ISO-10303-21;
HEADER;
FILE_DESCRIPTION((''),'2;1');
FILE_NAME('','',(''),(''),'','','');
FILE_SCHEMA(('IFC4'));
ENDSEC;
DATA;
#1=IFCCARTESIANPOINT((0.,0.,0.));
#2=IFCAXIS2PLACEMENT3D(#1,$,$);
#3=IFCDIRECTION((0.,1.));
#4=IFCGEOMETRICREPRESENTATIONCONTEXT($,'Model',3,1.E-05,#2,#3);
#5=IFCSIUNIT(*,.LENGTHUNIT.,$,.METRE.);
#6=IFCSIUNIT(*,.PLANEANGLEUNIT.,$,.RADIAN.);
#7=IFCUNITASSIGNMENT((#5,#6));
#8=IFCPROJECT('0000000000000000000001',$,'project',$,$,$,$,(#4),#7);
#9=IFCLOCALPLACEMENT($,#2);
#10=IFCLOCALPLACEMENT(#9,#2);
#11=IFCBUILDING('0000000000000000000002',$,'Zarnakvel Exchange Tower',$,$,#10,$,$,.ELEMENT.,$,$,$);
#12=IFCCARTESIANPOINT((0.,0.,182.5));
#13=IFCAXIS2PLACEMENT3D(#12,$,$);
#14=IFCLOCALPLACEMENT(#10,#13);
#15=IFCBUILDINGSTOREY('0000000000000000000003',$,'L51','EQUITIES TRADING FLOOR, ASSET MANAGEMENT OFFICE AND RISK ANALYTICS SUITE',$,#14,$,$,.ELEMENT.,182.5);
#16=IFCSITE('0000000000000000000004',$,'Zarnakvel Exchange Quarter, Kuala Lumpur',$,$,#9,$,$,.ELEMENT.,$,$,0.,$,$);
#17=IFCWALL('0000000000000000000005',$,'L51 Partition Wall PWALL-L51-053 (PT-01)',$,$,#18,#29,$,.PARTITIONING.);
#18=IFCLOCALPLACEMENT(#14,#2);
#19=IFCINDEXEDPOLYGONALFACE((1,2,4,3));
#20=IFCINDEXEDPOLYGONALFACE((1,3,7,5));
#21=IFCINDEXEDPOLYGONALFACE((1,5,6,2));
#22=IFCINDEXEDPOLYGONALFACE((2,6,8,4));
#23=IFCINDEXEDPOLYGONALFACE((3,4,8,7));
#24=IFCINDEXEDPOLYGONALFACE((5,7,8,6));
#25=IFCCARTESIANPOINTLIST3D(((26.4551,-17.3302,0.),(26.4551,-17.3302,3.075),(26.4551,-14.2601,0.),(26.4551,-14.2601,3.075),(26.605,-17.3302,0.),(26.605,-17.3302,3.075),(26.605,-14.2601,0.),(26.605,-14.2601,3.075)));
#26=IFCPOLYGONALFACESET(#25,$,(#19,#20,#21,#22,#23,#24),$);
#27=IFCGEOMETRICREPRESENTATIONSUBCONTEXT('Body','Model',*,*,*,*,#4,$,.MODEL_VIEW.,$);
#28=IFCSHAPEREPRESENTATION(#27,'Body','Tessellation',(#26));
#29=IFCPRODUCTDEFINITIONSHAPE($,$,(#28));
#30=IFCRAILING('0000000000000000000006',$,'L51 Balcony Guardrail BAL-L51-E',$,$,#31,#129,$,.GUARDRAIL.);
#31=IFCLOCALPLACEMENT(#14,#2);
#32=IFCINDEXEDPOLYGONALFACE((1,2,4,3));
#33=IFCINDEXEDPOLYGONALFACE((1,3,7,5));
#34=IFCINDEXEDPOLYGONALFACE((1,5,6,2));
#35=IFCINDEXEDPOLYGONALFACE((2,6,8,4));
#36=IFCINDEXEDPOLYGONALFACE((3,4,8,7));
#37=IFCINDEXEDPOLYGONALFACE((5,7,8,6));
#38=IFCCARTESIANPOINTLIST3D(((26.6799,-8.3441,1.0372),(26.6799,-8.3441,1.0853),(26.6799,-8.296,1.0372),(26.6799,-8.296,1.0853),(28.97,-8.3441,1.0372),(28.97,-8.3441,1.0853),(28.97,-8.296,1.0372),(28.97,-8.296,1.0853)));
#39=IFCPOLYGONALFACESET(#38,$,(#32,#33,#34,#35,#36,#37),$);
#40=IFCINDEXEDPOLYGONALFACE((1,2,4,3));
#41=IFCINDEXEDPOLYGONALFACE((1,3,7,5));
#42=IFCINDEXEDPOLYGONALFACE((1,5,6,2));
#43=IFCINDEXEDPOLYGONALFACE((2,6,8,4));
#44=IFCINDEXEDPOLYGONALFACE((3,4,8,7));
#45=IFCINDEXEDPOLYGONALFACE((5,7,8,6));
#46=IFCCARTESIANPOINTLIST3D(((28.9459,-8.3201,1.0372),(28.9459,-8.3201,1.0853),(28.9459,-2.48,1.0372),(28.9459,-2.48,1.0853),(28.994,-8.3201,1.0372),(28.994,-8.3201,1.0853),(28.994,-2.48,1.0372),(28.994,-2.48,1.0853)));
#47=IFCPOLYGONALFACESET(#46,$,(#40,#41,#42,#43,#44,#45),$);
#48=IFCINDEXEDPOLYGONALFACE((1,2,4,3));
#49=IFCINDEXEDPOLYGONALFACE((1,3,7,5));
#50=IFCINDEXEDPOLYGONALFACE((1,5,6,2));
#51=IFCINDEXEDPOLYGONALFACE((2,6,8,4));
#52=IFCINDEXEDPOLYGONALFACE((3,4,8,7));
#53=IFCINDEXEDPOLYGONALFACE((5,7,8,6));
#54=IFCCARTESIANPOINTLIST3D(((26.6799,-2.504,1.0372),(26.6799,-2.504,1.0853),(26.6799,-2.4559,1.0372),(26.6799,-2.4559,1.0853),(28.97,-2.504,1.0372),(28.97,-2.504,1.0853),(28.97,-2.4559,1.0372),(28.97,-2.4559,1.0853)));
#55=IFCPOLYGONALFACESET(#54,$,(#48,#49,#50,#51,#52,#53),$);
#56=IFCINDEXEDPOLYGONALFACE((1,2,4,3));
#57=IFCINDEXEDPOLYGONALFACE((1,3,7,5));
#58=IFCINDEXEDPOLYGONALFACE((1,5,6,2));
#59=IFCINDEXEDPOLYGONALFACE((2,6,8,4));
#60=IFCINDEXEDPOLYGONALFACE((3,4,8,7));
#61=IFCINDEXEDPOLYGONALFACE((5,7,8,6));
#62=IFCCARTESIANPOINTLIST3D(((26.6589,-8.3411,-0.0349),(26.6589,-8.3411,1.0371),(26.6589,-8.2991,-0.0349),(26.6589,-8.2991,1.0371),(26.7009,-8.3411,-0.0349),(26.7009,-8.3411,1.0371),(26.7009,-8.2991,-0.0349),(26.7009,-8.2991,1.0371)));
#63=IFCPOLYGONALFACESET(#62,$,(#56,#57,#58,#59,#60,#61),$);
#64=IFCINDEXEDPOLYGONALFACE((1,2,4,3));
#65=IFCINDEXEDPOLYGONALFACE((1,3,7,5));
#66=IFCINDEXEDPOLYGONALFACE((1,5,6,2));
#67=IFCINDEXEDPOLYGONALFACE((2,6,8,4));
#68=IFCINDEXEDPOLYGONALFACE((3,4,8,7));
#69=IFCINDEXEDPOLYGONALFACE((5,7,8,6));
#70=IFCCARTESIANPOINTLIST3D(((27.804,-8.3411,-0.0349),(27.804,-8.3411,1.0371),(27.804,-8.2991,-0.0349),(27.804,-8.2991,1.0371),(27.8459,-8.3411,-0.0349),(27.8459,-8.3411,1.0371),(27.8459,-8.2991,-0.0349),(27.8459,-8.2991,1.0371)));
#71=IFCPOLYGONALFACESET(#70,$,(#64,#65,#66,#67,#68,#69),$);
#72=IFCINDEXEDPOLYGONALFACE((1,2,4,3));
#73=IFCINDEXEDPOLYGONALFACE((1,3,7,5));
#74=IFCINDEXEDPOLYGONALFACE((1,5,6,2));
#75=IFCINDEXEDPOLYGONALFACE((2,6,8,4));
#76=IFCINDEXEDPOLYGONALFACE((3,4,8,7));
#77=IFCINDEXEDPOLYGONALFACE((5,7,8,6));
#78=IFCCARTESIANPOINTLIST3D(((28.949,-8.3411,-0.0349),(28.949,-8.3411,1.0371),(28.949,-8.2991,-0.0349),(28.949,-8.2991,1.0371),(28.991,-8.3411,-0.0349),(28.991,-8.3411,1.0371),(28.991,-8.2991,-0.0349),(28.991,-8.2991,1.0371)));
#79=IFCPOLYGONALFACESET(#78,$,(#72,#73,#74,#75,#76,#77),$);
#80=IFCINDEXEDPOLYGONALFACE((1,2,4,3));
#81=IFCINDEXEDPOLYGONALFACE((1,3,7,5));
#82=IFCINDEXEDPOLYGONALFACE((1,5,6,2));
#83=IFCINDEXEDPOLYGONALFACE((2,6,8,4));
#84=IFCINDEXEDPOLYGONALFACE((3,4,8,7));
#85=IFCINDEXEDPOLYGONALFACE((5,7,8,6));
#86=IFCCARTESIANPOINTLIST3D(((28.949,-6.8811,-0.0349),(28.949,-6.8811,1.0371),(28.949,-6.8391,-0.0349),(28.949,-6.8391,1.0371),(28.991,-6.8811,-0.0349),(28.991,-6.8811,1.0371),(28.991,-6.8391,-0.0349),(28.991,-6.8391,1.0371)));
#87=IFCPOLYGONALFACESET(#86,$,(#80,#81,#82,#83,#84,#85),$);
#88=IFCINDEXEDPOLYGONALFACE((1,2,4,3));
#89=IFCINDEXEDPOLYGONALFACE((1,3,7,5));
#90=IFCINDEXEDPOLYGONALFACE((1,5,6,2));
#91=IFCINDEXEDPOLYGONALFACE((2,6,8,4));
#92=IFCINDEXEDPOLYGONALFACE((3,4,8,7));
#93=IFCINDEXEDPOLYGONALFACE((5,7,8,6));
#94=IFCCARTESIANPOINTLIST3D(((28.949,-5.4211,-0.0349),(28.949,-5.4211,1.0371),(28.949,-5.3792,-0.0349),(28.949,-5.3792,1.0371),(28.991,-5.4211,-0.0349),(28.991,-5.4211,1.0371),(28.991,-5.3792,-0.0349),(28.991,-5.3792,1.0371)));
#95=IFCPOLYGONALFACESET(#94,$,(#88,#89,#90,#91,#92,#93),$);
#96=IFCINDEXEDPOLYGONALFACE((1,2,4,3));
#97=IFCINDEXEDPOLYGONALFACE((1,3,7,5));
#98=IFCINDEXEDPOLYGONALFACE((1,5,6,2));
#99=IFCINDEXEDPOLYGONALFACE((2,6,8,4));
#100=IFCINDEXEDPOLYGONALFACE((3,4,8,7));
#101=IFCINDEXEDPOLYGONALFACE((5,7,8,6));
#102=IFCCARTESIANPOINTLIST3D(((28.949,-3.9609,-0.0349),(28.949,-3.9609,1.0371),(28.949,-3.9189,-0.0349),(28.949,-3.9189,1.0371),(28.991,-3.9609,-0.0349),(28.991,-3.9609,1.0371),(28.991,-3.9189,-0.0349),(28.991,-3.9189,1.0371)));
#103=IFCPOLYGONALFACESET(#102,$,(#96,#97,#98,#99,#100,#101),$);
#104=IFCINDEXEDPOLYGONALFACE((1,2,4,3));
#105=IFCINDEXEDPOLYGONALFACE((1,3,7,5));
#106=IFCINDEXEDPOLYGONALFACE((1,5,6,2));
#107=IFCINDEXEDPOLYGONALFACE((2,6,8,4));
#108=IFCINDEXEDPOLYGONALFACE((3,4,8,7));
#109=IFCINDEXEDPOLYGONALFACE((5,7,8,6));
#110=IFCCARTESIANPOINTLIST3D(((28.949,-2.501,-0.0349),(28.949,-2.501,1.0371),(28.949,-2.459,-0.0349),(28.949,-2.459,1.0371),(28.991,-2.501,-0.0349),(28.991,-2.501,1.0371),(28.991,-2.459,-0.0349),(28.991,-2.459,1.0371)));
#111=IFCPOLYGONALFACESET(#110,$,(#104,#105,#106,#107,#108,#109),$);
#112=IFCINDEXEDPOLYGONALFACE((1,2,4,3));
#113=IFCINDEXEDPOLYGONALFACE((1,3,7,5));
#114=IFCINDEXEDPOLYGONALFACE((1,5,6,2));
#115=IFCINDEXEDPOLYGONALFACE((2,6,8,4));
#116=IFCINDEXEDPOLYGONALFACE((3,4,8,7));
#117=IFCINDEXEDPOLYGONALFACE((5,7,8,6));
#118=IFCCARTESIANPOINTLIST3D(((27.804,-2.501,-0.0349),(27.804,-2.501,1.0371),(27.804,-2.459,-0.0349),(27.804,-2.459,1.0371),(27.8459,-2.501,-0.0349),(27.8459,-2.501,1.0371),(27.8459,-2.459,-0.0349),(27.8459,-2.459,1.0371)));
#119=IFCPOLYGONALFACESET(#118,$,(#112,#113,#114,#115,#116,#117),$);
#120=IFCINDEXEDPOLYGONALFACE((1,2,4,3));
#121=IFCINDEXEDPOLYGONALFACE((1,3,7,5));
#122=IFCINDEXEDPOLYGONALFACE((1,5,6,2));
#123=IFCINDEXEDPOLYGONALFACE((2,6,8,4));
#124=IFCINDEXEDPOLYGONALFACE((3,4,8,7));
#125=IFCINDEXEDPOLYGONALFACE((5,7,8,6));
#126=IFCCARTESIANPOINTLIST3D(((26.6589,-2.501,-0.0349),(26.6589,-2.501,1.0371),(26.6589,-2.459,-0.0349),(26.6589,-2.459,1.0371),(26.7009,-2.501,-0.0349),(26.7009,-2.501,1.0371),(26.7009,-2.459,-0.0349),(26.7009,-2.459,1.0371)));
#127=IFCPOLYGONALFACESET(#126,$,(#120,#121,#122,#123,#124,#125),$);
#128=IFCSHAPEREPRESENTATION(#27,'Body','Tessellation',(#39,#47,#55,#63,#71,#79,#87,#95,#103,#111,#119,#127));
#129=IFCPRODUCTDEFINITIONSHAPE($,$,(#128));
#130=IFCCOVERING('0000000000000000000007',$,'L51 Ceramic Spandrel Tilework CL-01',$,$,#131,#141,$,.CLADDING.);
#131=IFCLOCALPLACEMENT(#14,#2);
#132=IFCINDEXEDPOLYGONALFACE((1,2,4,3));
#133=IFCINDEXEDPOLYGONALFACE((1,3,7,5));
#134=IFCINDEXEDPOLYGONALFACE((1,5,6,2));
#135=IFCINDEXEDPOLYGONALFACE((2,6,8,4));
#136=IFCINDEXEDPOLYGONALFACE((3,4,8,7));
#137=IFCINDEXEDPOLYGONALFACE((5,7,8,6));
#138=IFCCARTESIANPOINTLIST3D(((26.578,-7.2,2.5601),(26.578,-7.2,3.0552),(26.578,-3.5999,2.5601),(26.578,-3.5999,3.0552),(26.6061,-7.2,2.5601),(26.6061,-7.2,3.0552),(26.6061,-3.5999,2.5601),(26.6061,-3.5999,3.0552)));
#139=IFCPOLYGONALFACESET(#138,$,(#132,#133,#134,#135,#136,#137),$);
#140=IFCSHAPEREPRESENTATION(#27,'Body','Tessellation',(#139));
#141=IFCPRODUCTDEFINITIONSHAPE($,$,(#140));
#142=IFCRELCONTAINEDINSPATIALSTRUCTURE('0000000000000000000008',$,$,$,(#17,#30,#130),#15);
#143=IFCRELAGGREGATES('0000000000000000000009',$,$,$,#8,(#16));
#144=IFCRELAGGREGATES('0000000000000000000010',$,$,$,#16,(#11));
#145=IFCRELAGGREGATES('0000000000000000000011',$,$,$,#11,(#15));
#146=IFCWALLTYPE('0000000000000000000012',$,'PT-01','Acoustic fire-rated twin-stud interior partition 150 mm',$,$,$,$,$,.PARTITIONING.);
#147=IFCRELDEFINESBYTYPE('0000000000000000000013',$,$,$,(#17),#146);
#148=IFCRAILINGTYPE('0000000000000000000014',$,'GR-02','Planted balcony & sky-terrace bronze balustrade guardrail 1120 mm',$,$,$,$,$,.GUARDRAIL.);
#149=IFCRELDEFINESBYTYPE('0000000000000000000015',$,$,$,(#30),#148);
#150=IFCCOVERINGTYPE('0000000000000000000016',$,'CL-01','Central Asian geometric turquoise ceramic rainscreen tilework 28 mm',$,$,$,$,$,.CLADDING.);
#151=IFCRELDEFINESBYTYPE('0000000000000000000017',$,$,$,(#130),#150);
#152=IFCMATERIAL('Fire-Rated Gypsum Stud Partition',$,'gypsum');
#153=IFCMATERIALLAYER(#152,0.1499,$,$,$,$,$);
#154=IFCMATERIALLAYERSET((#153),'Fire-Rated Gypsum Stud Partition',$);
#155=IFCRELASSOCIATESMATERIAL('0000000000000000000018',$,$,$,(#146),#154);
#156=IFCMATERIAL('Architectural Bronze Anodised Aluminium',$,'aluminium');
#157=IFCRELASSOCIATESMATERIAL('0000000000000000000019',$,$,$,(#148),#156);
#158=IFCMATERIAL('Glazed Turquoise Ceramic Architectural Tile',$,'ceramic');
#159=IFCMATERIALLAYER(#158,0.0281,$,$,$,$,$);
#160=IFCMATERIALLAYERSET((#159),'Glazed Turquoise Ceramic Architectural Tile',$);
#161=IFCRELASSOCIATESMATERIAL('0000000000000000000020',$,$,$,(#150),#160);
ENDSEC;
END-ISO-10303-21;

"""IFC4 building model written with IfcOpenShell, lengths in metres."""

from ifc_helpers import new_model, si_unit, direction, frame, frame_2d, origin, origin_2d, place, context, subcontext, project, spatial, rectangle, extrude, source, transform, mapped, material, layer, layer_set, type_object, element, save


model = new_model("IFC4")

# Units and contexts
model_context = context("Model", 3, precision=1e-05, world=origin(), true_north=direction((0.0, 1.0)))
body_context = subcontext(model_context, "Body", "Model", "MODEL_VIEW")
ifc_project = project(units=[si_unit("LENGTHUNIT", "METRE"), si_unit("PLANEANGLEUNIT", "RADIAN")], contexts=[model_context])

# Site, building, storey
site_placement = place(None, origin())
site = spatial("IfcSite", under=ifc_project, at=site_placement, Name="Zarnakvel Exchange Quarter, Kuala Lumpur", CompositionType="ELEMENT", RefElevation=0.0)
building_placement = place(site_placement, origin())
building = spatial("IfcBuilding", under=site, at=building_placement, Name="Zarnakvel Exchange Tower", CompositionType="ELEMENT")
storey_placement = place(building_placement, frame((0.0, 0.0, 182.5)))
storey = spatial("IfcBuildingStorey", under=building, at=storey_placement, Name="L51", Description="EQUITIES TRADING FLOOR, ASSET MANAGEMENT OFFICE AND RISK ANALYTICS SUITE", CompositionType="ELEMENT", Elevation=182.5)

# Shared definitions
ifc_material_1 = material(Name="Architectural Bronze Anodised Aluminium", Category="aluminium")

# Wall
ifc_material_2 = material(Name="Fire-Rated Gypsum Stud Partition", Category="gypsum")
ifc_layer_1 = layer(ifc_material_2, 0.1499)
ifc_layer_set_1 = layer_set([ifc_layer_1], Name="Fire-Rated Gypsum Stud Partition")
wall_type_1 = type_object("IfcWallType", Name="PT-01", Description="Acoustic fire-rated twin-stud interior partition 150 mm", PredefinedType="PARTITIONING", material=ifc_layer_set_1)
wall_1_placement = place(storey_placement, frame((26.53, -14.26, 0.0), z_axis=(0.0, 0.0, 1.0), x_axis=(0.0, -1.0, 0.0)))
element("IfcWall", 1, at=wall_1_placement, inside=storey, type_object=wall_type_1, Name="L51 Partition Wall PWALL-L51-053 (PT-01)", PredefinedType="PARTITIONING", context=body_context, shape_type="SweptSolid", body=[
    extrude(rectangle(XDim=3.0701, YDim=0.1499, at=frame_2d((1.5352, 0.0))), origin(), (0.0, 0.0, 1.0), 3.075),
])

# Railing
railing_type = type_object("IfcRailingType", Name="GR-02", Description="Planted balcony & sky-terrace bronze balustrade guardrail 1120 mm", PredefinedType="GUARDRAIL", material=ifc_material_1)
railing_placement = place(storey_placement, frame((26.6799, -8.3201, -0.0349)))
element("IfcRailing", 2, at=railing_placement, inside=storey, type_object=railing_type, Name="L51 Balcony Guardrail BAL-L51-E", PredefinedType="GUARDRAIL", context=body_context, shape_type="SweptSolid", body=[
    extrude(rectangle(XDim=0.0481, YDim=0.0481, at=origin_2d()), frame((0.0, 0.0, 1.0962), z_axis=(1.0, 0.0, 0.0), x_axis=(0.0, 1.0, 0.0)), (0.0, 0.0, 1.0), 2.29),
    extrude(rectangle(XDim=0.0481, YDim=0.0481, at=origin_2d()), frame((2.29, 0.0, 1.0962), z_axis=(0.0, 1.0, 0.0), x_axis=(-1.0, 0.0, 0.0)), (0.0, 0.0, 1.0), 5.8401),
    extrude(rectangle(XDim=0.0481, YDim=0.0481, at=origin_2d()), frame((2.29, 5.8401, 1.0962), z_axis=(-1.0, 0.0, 0.0), x_axis=(0.0, -1.0, 0.0)), (0.0, 0.0, 1.0), 2.29),
    extrude(rectangle(XDim=0.042, YDim=0.042, at=origin_2d()), origin(), (0.0, 0.0, 1.0), 1.072),
    extrude(rectangle(XDim=0.042, YDim=0.042, at=origin_2d()), frame((1.145, 0.0, 0.0)), (0.0, 0.0, 1.0), 1.072),
    extrude(rectangle(XDim=0.042, YDim=0.042, at=origin_2d()), frame((2.29, 0.0, 0.0)), (0.0, 0.0, 1.0), 1.072),
    extrude(rectangle(XDim=0.042, YDim=0.042, at=origin_2d()), frame((2.29, 1.46, 0.0)), (0.0, 0.0, 1.0), 1.072),
    extrude(rectangle(XDim=0.042, YDim=0.042, at=origin_2d()), frame((2.29, 2.9199, 0.0)), (0.0, 0.0, 1.0), 1.072),
    extrude(rectangle(XDim=0.042, YDim=0.042, at=origin_2d()), frame((2.29, 4.3801, 0.0)), (0.0, 0.0, 1.0), 1.072),
    extrude(rectangle(XDim=0.042, YDim=0.042, at=origin_2d()), frame((2.29, 5.8401, 0.0)), (0.0, 0.0, 1.0), 1.072),
    extrude(rectangle(XDim=0.042, YDim=0.042, at=origin_2d()), frame((1.145, 5.8401, 0.0)), (0.0, 0.0, 1.0), 1.072),
    extrude(rectangle(XDim=0.042, YDim=0.042, at=origin_2d()), frame((0.0, 5.8401, 0.0)), (0.0, 0.0, 1.0), 1.072),
])

# Covering
ifc_material_3 = material(Name="Glazed Turquoise Ceramic Architectural Tile", Category="ceramic")
ifc_layer_2 = layer(ifc_material_3, 0.0281)
ifc_layer_set_2 = layer_set([ifc_layer_2], Name="Glazed Turquoise Ceramic Architectural Tile")
covering_type = type_object("IfcCoveringType", Name="CL-01", Description="Central Asian geometric turquoise ceramic rainscreen tilework 28 mm", PredefinedType="CLADDING", material=ifc_layer_set_2)
shared_shape_1 = source(origin(), body_context, "Body", "SweptSolid", [
    extrude(rectangle(XDim=3.6001, YDim=0.0281, at=origin_2d()), origin(), (0.0, 0.0, 1.0), 0.4951),
])
covering_placement = place(storey_placement, frame((26.592, -5.3999, 2.5601), z_axis=(0.0, 0.0, 1.0), x_axis=(0.0, -1.0, 0.0)))
element("IfcCovering", 3, at=covering_placement, inside=storey, type_object=covering_type, Name="L51 Ceramic Spandrel Tilework CL-01", PredefinedType="CLADDING", context=body_context, shape_type="MappedRepresentation", body=[
    mapped(shared_shape_1, transform((0.0, 0.0, 0.0), x_axis=(1.0, 0.0, 0.0), y_axis=(0.0, 1.0, 0.0), z_axis=(0.0, 0.0, 1.0), scale=1.0)),
])

save(model, "model.ifc")
